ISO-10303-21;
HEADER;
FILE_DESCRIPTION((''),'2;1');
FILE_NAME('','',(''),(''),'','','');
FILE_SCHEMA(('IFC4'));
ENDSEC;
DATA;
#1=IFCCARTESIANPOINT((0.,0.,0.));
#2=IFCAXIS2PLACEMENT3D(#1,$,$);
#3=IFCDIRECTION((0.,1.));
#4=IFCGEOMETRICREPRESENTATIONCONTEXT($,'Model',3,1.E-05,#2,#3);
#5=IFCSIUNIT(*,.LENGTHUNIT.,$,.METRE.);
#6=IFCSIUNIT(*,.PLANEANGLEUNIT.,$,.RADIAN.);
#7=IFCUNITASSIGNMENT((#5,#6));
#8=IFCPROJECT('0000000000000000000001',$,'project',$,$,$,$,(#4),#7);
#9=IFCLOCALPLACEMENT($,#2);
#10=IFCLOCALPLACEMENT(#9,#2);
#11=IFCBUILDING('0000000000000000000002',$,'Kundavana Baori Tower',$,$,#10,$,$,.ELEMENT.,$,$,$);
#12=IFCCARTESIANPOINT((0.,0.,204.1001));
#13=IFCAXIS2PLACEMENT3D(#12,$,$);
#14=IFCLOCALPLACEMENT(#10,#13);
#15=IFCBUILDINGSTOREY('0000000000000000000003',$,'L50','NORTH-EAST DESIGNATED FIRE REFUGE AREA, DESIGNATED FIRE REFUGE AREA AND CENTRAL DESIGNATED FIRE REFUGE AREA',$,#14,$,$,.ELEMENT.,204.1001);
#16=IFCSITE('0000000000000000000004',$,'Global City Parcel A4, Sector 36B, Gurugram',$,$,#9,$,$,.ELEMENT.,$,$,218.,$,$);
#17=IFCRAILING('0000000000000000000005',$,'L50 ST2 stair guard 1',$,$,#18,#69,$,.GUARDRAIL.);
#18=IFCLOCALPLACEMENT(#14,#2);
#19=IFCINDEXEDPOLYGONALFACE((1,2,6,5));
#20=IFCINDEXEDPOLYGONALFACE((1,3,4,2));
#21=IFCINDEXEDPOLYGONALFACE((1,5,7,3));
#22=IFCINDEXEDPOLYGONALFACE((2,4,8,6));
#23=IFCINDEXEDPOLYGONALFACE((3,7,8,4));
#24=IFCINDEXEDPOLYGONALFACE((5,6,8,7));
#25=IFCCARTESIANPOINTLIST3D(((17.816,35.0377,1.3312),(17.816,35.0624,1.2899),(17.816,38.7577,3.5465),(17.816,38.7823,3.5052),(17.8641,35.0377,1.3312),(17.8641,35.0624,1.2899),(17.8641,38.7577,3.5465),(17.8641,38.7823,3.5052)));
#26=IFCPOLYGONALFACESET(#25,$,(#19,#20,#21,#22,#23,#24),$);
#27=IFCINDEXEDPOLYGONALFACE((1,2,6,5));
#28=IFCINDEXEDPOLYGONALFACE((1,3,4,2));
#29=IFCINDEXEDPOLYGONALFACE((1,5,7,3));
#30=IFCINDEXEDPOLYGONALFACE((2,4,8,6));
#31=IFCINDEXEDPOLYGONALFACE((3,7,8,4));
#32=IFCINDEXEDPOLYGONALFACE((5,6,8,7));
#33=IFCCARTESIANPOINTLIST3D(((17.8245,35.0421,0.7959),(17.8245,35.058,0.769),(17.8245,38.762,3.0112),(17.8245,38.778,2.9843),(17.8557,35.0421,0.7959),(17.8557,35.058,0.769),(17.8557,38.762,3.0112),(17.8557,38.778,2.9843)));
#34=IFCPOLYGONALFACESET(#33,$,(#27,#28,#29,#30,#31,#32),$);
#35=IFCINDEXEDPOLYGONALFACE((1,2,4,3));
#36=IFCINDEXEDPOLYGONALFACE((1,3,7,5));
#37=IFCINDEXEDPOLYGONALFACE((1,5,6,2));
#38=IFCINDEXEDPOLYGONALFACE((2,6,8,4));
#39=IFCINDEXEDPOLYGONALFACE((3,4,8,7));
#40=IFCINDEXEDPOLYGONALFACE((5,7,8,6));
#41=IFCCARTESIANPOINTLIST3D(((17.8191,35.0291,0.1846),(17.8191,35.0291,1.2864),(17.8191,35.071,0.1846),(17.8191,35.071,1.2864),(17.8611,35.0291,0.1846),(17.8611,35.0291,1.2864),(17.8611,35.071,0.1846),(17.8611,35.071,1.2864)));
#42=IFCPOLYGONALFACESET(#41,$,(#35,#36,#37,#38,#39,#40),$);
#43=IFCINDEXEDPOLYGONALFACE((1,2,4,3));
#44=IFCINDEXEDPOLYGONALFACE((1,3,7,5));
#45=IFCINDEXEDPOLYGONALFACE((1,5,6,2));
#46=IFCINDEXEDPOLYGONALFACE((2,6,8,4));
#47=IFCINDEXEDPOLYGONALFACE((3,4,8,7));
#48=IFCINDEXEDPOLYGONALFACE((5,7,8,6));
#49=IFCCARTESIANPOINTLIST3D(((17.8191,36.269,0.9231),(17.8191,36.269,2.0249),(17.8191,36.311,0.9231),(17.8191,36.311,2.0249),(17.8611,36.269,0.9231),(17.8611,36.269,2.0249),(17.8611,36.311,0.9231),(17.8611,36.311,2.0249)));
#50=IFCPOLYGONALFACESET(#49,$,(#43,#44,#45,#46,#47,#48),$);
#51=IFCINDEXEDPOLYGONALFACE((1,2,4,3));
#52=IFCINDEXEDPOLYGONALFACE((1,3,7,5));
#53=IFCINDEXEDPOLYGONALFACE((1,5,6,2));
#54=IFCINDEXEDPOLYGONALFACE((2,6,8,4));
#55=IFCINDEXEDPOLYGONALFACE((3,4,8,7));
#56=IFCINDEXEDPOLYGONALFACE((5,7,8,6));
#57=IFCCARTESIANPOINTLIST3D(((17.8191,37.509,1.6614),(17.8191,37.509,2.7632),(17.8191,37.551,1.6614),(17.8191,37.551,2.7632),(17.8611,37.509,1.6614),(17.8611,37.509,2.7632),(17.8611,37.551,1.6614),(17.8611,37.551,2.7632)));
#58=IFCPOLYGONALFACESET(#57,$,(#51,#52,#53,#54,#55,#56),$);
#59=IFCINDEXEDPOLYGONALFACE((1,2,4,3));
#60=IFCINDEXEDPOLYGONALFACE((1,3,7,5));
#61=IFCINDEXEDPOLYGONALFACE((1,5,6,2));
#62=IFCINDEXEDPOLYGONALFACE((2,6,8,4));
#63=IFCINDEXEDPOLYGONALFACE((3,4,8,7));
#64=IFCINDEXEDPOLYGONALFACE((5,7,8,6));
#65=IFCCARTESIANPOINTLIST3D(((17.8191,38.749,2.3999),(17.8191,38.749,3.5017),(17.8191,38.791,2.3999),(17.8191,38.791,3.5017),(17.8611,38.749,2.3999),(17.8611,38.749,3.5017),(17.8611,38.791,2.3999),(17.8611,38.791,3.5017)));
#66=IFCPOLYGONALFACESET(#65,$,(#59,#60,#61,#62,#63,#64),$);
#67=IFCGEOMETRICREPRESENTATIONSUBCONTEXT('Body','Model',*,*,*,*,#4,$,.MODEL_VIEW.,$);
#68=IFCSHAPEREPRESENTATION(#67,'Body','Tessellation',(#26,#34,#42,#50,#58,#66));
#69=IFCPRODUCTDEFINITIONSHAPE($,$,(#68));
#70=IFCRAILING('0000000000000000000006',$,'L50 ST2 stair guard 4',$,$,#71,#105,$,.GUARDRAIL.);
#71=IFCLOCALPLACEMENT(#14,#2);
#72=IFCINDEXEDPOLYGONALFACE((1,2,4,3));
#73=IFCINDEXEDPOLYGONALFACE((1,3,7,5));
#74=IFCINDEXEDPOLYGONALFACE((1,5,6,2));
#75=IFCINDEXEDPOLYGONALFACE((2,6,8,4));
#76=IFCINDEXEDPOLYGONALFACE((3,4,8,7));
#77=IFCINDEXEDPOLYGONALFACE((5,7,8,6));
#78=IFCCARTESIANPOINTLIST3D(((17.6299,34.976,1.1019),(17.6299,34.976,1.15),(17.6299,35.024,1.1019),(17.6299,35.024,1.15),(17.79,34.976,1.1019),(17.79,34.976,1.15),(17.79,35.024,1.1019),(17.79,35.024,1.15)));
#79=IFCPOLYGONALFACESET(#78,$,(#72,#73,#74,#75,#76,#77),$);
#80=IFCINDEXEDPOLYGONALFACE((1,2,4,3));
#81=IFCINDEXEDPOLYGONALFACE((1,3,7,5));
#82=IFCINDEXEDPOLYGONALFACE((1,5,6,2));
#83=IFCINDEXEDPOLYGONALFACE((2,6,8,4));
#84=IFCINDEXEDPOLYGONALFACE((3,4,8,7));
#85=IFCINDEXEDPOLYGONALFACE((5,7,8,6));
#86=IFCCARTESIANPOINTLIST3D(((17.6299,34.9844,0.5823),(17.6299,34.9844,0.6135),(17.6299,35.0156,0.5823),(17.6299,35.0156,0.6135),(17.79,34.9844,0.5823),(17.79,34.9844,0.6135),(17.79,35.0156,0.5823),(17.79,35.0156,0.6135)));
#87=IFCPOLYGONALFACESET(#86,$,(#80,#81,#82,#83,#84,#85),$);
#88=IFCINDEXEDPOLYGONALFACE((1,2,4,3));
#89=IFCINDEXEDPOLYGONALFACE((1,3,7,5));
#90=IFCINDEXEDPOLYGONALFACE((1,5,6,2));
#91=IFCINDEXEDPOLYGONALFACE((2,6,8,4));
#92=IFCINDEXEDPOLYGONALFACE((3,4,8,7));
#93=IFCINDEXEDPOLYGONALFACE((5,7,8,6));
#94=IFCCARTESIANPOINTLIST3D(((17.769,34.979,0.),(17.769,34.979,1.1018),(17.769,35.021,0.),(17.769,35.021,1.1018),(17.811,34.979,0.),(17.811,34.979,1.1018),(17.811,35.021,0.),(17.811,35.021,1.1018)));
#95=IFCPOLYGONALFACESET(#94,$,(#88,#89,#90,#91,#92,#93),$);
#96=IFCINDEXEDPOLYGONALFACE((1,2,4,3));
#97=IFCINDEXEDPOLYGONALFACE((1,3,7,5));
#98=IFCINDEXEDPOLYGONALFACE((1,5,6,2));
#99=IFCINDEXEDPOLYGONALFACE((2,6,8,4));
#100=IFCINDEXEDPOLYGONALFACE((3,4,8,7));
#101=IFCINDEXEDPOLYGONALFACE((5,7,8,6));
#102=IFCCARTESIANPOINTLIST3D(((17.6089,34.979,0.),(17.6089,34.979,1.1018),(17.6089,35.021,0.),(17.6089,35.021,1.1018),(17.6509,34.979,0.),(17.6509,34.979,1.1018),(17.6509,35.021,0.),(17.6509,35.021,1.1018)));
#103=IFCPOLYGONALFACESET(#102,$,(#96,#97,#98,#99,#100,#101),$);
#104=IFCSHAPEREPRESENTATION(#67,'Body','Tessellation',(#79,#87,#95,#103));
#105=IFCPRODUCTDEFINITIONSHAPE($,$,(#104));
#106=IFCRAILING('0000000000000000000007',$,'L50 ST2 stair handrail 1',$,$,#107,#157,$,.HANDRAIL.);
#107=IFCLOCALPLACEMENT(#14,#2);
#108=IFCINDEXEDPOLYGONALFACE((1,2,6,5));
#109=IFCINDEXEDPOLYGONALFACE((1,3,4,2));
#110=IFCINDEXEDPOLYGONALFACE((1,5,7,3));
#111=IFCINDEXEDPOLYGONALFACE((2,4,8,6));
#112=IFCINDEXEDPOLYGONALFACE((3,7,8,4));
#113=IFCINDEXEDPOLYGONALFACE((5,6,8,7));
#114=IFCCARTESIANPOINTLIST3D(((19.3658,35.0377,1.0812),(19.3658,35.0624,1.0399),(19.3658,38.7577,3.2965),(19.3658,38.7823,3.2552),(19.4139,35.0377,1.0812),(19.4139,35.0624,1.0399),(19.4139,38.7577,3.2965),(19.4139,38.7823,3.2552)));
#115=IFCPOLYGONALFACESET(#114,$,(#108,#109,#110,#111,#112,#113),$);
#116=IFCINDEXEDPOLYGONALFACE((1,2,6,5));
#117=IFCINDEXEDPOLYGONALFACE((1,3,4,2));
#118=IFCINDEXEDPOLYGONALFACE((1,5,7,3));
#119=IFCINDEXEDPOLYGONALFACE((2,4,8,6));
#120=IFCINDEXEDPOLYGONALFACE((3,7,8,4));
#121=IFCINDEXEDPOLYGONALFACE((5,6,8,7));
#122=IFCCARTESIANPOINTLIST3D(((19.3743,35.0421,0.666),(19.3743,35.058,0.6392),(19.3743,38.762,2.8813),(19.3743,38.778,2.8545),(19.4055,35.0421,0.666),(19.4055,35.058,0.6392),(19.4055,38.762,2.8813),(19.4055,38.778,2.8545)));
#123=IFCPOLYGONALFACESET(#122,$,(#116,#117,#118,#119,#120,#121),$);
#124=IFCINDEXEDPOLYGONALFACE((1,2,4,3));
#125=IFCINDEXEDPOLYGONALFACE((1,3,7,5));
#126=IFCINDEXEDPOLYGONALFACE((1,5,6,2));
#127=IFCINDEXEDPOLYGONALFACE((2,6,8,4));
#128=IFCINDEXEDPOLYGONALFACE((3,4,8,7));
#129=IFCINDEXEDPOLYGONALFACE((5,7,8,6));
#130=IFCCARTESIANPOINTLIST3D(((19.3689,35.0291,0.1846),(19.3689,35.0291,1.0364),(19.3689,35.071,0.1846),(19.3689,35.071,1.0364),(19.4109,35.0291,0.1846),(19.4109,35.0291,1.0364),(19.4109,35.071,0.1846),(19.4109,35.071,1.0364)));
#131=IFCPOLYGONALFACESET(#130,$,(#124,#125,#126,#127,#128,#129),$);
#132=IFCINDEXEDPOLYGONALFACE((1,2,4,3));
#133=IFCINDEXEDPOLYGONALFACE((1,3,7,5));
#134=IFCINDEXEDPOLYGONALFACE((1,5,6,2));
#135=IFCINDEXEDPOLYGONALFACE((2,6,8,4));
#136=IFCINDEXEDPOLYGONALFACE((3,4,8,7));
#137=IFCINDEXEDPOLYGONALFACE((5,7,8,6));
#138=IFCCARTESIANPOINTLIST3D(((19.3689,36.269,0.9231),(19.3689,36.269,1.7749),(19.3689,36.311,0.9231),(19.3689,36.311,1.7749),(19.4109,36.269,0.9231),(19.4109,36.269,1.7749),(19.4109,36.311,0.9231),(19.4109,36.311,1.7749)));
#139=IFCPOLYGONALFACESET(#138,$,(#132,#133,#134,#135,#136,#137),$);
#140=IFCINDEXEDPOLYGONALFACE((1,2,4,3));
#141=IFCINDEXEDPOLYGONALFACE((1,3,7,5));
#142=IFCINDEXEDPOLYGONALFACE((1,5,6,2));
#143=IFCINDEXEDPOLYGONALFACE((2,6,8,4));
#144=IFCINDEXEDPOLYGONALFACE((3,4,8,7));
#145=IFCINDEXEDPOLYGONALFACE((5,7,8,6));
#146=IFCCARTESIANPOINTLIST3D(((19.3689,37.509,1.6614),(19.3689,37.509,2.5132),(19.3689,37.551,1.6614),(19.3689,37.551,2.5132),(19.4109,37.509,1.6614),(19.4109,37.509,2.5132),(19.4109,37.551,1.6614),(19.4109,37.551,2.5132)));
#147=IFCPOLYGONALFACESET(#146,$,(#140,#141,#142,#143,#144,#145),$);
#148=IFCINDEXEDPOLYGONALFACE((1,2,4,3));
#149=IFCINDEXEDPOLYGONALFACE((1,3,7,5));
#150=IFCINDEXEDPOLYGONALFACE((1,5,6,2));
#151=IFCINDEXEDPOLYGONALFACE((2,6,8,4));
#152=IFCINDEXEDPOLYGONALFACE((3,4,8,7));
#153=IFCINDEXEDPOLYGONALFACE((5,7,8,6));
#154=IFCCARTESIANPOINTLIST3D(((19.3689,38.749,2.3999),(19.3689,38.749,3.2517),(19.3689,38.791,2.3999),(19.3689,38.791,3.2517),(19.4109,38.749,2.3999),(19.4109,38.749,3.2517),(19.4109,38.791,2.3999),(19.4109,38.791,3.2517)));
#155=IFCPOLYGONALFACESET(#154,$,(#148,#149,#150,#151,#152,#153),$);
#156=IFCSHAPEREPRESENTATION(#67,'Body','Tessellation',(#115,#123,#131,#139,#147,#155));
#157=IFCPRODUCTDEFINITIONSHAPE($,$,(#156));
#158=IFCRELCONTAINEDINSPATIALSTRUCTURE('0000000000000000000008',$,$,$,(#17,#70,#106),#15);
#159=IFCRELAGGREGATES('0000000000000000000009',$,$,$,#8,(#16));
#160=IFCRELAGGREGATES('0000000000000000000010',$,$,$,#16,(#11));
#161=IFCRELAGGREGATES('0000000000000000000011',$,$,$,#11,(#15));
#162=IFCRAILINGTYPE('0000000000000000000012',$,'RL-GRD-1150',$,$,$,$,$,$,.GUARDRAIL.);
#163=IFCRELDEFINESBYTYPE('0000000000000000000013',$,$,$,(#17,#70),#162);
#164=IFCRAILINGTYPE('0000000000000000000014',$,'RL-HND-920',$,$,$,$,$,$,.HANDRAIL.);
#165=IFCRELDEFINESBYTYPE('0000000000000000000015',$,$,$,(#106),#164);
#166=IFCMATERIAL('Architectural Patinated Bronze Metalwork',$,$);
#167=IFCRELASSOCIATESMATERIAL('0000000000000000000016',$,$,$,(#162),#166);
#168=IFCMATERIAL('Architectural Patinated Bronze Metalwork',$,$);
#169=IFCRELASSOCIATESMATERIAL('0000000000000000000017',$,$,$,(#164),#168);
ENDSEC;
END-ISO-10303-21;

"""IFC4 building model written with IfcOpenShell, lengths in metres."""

from ifc_helpers import new_model, si_unit, direction, frame, origin, origin_2d, place, context, subcontext, project, spatial, rectangle, extrude, material, type_object, element, save


model = new_model("IFC4")

# Units and contexts
model_context = context("Model", 3, precision=1e-05, world=origin(), true_north=direction((0.0, 1.0)))
body_context = subcontext(model_context, "Body", "Model", "MODEL_VIEW")
ifc_project = project(units=[si_unit("LENGTHUNIT", "METRE"), si_unit("PLANEANGLEUNIT", "RADIAN")], contexts=[model_context])

# Site, building, storey
site_placement = place(None, origin())
site = spatial("IfcSite", under=ifc_project, at=site_placement, Name="Global City Parcel A4, Sector 36B, Gurugram", CompositionType="ELEMENT", RefElevation=218.0)
building_placement = place(site_placement, origin())
building = spatial("IfcBuilding", under=site, at=building_placement, Name="Kundavana Baori Tower", CompositionType="ELEMENT")
storey_placement = place(building_placement, frame((0.0, 0.0, 204.1001)))
storey = spatial("IfcBuildingStorey", under=building, at=storey_placement, Name="L50", Description="NORTH-EAST DESIGNATED FIRE REFUGE AREA, DESIGNATED FIRE REFUGE AREA AND CENTRAL DESIGNATED FIRE REFUGE AREA", CompositionType="ELEMENT", Elevation=204.1001)

# Railings
ifc_material_1 = material(Name="Architectural Patinated Bronze Metalwork")
railing_type_1 = type_object("IfcRailingType", Name="RL-GRD-1150", PredefinedType="GUARDRAIL", material=ifc_material_1)
railing_1_placement = place(storey_placement, frame((17.8401, 35.05, 0.1846)))
element("IfcRailing", 1, at=railing_1_placement, inside=storey, type_object=railing_type_1, Name="L50 ST2 stair guard 1", PredefinedType="GUARDRAIL", context=body_context, shape_type="SweptSolid", body=[
    extrude(rectangle(XDim=0.0481, YDim=0.0481, at=origin_2d()), frame((0.0, 0.0, 1.126), z_axis=(0.0, 0.859185, 0.511665), x_axis=(-1.0, 0.0, 0.0)), (0.0, 0.0, 1.0), 4.3296),
    extrude(rectangle(XDim=0.0312, YDim=0.0312, at=origin_2d()), frame((0.0, 0.0, 0.5979), z_axis=(0.0, 0.859185, 0.511665), x_axis=(-1.0, 0.0, 0.0)), (0.0, 0.0, 1.0), 4.3296),
    extrude(rectangle(XDim=0.042, YDim=0.042, at=origin_2d()), origin(), (0.0, 0.0, 1.0), 1.1018),
    extrude(rectangle(XDim=0.042, YDim=0.042, at=origin_2d()), frame((0.0, 1.24, 0.7385)), (0.0, 0.0, 1.0), 1.1018),
    extrude(rectangle(XDim=0.042, YDim=0.042, at=origin_2d()), frame((0.0, 2.48, 1.4768)), (0.0, 0.0, 1.0), 1.1018),
    extrude(rectangle(XDim=0.042, YDim=0.042, at=origin_2d()), frame((0.0, 3.72, 2.2153)), (0.0, 0.0, 1.0), 1.1018),
])
railing_2_placement = place(storey_placement, frame((17.79, 35.0, 0.0)))
element("IfcRailing", 2, at=railing_2_placement, inside=storey, type_object=railing_type_1, Name="L50 ST2 stair guard 4", PredefinedType="GUARDRAIL", context=body_context, shape_type="SweptSolid", body=[
    extrude(rectangle(XDim=0.0481, YDim=0.0481, at=origin_2d()), frame((0.0, 0.0, 1.126), z_axis=(-1.0, 0.0, 0.0), x_axis=(0.0, -1.0, 0.0)), (0.0, 0.0, 1.0), 0.1602),
    extrude(rectangle(XDim=0.0312, YDim=0.0312, at=origin_2d()), frame((0.0, 0.0, 0.5979), z_axis=(-1.0, 0.0, 0.0), x_axis=(0.0, -1.0, 0.0)), (0.0, 0.0, 1.0), 0.1602),
    extrude(rectangle(XDim=0.042, YDim=0.042, at=origin_2d()), origin(), (0.0, 0.0, 1.0), 1.1018),
    extrude(rectangle(XDim=0.042, YDim=0.042, at=origin_2d()), frame((-0.1602, 0.0, 0.0)), (0.0, 0.0, 1.0), 1.1018),
])
ifc_material_2 = material(Name="Architectural Patinated Bronze Metalwork")
railing_type_2 = type_object("IfcRailingType", Name="RL-HND-920", PredefinedType="HANDRAIL", material=ifc_material_2)
railing_3_placement = place(storey_placement, frame((19.3899, 35.05, 0.1846)))
element("IfcRailing", 3, at=railing_3_placement, inside=storey, type_object=railing_type_2, Name="L50 ST2 stair handrail 1", PredefinedType="HANDRAIL", context=body_context, shape_type="SweptSolid", body=[
    extrude(rectangle(XDim=0.0481, YDim=0.0481, at=origin_2d()), frame((0.0, 0.0, 0.876), z_axis=(0.0, 0.859185, 0.511665), x_axis=(-1.0, 0.0, 0.0)), (0.0, 0.0, 1.0), 4.3296),
    extrude(rectangle(XDim=0.0312, YDim=0.0312, at=origin_2d()), frame((0.0, 0.0, 0.468), z_axis=(0.0, 0.859185, 0.511665), x_axis=(-1.0, 0.0, 0.0)), (0.0, 0.0, 1.0), 4.3296),
    extrude(rectangle(XDim=0.042, YDim=0.042, at=origin_2d()), origin(), (0.0, 0.0, 1.0), 0.8518),
    extrude(rectangle(XDim=0.042, YDim=0.042, at=origin_2d()), frame((0.0, 1.24, 0.7385)), (0.0, 0.0, 1.0), 0.8518),
    extrude(rectangle(XDim=0.042, YDim=0.042, at=origin_2d()), frame((0.0, 2.48, 1.4768)), (0.0, 0.0, 1.0), 0.8518),
    extrude(rectangle(XDim=0.042, YDim=0.042, at=origin_2d()), frame((0.0, 3.72, 2.2153)), (0.0, 0.0, 1.0), 0.8518),
])

save(model, "model.ifc")
